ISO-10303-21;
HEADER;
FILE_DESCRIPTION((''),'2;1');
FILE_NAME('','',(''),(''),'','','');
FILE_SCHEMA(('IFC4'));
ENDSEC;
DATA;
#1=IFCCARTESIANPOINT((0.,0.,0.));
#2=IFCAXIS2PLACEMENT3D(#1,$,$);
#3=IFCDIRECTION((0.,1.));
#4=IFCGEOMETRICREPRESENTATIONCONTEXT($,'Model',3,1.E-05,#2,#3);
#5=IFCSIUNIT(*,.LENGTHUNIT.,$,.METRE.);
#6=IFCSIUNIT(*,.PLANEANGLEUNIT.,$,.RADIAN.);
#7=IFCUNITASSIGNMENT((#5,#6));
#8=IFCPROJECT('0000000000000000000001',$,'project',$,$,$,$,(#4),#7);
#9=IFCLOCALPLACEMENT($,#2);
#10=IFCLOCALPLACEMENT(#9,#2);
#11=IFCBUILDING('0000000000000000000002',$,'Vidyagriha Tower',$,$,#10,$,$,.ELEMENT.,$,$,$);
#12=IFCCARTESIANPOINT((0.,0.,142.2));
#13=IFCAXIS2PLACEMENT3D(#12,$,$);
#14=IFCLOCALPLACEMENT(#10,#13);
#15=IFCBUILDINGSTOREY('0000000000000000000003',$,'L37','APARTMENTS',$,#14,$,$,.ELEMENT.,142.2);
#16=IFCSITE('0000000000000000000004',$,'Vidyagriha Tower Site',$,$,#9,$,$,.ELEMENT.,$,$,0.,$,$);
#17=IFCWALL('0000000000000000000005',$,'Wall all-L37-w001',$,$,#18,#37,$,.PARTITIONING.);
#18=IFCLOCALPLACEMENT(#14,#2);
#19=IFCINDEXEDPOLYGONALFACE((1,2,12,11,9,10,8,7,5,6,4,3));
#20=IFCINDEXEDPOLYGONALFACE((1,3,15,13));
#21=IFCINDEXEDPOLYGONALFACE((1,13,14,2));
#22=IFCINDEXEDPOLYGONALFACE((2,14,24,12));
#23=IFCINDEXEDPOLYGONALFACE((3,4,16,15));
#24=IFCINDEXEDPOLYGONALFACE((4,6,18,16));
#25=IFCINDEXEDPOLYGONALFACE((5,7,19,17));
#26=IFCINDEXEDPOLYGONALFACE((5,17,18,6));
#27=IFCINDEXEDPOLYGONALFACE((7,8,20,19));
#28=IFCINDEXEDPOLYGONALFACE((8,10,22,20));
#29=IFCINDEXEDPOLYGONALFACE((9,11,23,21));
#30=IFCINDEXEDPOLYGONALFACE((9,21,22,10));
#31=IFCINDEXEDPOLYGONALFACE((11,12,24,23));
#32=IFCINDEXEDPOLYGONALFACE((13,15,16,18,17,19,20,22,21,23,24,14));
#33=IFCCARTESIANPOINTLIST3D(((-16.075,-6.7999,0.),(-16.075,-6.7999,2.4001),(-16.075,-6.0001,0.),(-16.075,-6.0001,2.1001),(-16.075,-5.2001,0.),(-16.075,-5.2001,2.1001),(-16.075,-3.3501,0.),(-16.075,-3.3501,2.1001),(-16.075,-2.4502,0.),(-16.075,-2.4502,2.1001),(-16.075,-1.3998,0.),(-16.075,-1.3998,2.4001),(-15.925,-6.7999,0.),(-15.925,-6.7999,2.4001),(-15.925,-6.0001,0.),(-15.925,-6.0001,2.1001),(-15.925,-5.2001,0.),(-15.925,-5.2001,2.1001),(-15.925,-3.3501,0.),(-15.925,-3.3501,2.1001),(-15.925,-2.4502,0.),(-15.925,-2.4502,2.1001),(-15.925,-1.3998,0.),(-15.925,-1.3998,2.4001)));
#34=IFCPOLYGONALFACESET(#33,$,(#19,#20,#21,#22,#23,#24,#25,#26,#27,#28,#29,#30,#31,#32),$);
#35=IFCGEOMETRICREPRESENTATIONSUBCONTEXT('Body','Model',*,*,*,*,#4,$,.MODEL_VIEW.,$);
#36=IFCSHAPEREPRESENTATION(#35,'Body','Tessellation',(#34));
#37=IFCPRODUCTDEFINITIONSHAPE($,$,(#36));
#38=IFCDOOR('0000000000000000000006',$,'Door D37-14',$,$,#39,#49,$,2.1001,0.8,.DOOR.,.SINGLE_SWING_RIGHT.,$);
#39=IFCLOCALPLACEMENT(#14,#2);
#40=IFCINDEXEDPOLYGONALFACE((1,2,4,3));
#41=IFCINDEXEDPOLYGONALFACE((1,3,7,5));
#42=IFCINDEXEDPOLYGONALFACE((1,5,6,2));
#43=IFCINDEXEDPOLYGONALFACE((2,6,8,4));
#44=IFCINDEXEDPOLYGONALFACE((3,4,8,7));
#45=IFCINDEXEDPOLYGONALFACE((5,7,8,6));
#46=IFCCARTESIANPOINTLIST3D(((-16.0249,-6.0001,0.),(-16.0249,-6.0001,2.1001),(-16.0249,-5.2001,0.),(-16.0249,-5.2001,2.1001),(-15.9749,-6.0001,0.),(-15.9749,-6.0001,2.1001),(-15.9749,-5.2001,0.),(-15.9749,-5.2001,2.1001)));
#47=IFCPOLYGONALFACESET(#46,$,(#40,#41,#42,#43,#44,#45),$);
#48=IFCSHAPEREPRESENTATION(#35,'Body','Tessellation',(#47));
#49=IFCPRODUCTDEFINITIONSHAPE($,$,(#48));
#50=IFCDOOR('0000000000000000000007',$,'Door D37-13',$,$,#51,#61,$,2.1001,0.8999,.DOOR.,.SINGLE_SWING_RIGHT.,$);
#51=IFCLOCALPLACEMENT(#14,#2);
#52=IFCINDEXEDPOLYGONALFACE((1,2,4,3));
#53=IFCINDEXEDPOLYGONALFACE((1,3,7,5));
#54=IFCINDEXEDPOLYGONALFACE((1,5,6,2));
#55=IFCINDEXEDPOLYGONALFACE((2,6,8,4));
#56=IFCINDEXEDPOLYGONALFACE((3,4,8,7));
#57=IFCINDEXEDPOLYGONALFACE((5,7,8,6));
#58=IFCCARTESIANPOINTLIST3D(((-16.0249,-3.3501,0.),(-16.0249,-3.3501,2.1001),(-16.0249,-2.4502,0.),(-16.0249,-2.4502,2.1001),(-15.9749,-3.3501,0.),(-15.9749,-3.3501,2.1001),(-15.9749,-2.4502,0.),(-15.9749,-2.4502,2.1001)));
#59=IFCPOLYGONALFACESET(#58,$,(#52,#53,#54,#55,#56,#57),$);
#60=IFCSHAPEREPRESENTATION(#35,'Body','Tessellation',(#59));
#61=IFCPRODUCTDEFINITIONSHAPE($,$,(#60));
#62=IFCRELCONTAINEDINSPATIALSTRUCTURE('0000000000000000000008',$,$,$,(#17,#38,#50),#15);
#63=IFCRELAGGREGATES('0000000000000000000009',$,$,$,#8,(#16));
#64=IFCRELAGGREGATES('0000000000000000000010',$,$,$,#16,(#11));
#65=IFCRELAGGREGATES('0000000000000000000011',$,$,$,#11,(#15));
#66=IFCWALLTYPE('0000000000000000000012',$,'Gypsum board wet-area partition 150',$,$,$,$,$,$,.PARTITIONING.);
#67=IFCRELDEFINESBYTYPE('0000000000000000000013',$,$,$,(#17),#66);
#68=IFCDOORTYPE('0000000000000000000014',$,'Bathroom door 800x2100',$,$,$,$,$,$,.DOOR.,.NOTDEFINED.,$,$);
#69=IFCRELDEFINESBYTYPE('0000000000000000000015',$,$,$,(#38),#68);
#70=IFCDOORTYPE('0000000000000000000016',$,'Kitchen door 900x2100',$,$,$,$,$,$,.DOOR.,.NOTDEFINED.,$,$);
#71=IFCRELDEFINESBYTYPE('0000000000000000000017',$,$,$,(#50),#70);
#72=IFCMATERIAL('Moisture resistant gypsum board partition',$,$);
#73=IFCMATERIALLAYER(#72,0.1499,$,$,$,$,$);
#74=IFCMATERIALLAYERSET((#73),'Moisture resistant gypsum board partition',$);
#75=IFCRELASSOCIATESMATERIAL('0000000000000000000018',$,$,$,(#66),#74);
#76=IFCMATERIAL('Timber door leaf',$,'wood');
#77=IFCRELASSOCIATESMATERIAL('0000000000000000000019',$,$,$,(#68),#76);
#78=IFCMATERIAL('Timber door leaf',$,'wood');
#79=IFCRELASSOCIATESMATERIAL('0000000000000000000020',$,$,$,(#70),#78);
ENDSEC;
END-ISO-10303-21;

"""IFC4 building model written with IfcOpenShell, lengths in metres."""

from ifc_helpers import new_model, si_unit, direction, frame, frame_2d, origin, place, context, subcontext, project, spatial, rectangle, extrude, material, layer, layer_set, type_object, element, fill, save


model = new_model("IFC4")

# Units and contexts
model_context = context("Model", 3, precision=1e-05, world=origin(), true_north=direction((0.0, 1.0)))
body_context = subcontext(model_context, "Body", "Model", "MODEL_VIEW")
ifc_project = project(units=[si_unit("LENGTHUNIT", "METRE"), si_unit("PLANEANGLEUNIT", "RADIAN")], contexts=[model_context])

# Site, building, storey
site_placement = place(None, origin())
site = spatial("IfcSite", under=ifc_project, at=site_placement, Name="Vidyagriha Tower Site", CompositionType="ELEMENT", RefElevation=0.0)
building_placement = place(site_placement, origin())
building = spatial("IfcBuilding", under=site, at=building_placement, Name="Vidyagriha Tower", CompositionType="ELEMENT")
storey_placement = place(building_placement, frame((0.0, 0.0, 142.2)))
storey = spatial("IfcBuildingStorey", under=building, at=storey_placement, Name="L37", Description="APARTMENTS", CompositionType="ELEMENT", Elevation=142.2)

# Wall, openings, doors
ifc_material_1 = material(Name="Moisture resistant gypsum board partition")
ifc_layer_1 = layer(ifc_material_1, 0.1499)
ifc_layer_set_1 = layer_set([ifc_layer_1], Name="Moisture resistant gypsum board partition")
wall_type_1 = type_object("IfcWallType", Name="Gypsum board wet-area partition 150", PredefinedType="PARTITIONING", material=ifc_layer_set_1)
wall_1_placement = place(storey_placement, frame((-16.0, -6.8, 0.0), z_axis=(0.0, 0.0, 1.0), x_axis=(0.0, 1.0, 0.0)))
wall_1 = element("IfcWall", 1, at=wall_1_placement, inside=storey, type_object=wall_type_1, Name="Wall all-L37-w001", PredefinedType="PARTITIONING", context=body_context, shape_type="SweptSolid", body=[
    extrude(rectangle(XDim=5.4001, YDim=0.1499, at=frame_2d((2.7002, 0.0))), origin(), (0.0, 0.0, 1.0), 2.4001),
])
opening_1_placement = place(wall_1_placement, frame((3.45, 0.0, 0.0)))
opening_1 = element("IfcOpeningElement", 2, at=opening_1_placement, cuts=wall_1, PredefinedType="OPENING", context=body_context, shape_type="SweptSolid", body=[
    extrude(rectangle(XDim=0.8999, YDim=2.1001, at=frame_2d((0.45, 1.05))), frame((0.0, 0.085, 0.0), z_axis=(0.0, -1.0, 0.0), x_axis=(1.0, 0.0, 0.0)), (0.0, 0.0, 1.0), 0.1699),
])
opening_2_placement = place(wall_1_placement, frame((0.8, 0.0, 0.0)))
opening_2 = element("IfcOpeningElement", 3, at=opening_2_placement, cuts=wall_1, PredefinedType="OPENING", context=body_context, shape_type="SweptSolid", body=[
    extrude(rectangle(XDim=0.8, YDim=2.1001, at=frame_2d((0.3999, 1.05))), frame((0.0, 0.085, 0.0), z_axis=(0.0, -1.0, 0.0), x_axis=(1.0, 0.0, 0.0)), (0.0, 0.0, 1.0), 0.1699),
])
ifc_material_2 = material(Name="Timber door leaf", Category="wood")
door_type_1 = type_object("IfcDoorType", Name="Bathroom door 800x2100", OperationType="NOTDEFINED", PredefinedType="DOOR", material=ifc_material_2)
door_1_placement = place(opening_2_placement, origin())
door_1 = element("IfcDoor", 4, at=door_1_placement, inside=storey, type_object=door_type_1, Name="Door D37-14", OperationType="SINGLE_SWING_RIGHT", OverallHeight=2.1001, OverallWidth=0.8, PredefinedType="DOOR", context=body_context, shape_type="SweptSolid", body=[
    extrude(rectangle(XDim=0.8, YDim=2.1001, at=frame_2d((0.3999, 1.05))), frame((0.0, 0.0249, 0.0), z_axis=(0.0, -1.0, 0.0), x_axis=(1.0, 0.0, 0.0)), (0.0, 0.0, 1.0), 0.05),
])
fill(opening_2, door_1)
ifc_material_3 = material(Name="Timber door leaf", Category="wood")
door_type_2 = type_object("IfcDoorType", Name="Kitchen door 900x2100", OperationType="NOTDEFINED", PredefinedType="DOOR", material=ifc_material_3)
door_2_placement = place(opening_1_placement, origin())
door_2 = element("IfcDoor", 5, at=door_2_placement, inside=storey, type_object=door_type_2, Name="Door D37-13", OperationType="SINGLE_SWING_RIGHT", OverallHeight=2.1001, OverallWidth=0.8999, PredefinedType="DOOR", context=body_context, shape_type="SweptSolid", body=[
    extrude(rectangle(XDim=0.8999, YDim=2.1001, at=frame_2d((0.45, 1.05))), frame((0.0, 0.0249, 0.0), z_axis=(0.0, -1.0, 0.0), x_axis=(1.0, 0.0, 0.0)), (0.0, 0.0, 1.0), 0.05),
])
fill(opening_1, door_2)

save(model, "model.ifc")
